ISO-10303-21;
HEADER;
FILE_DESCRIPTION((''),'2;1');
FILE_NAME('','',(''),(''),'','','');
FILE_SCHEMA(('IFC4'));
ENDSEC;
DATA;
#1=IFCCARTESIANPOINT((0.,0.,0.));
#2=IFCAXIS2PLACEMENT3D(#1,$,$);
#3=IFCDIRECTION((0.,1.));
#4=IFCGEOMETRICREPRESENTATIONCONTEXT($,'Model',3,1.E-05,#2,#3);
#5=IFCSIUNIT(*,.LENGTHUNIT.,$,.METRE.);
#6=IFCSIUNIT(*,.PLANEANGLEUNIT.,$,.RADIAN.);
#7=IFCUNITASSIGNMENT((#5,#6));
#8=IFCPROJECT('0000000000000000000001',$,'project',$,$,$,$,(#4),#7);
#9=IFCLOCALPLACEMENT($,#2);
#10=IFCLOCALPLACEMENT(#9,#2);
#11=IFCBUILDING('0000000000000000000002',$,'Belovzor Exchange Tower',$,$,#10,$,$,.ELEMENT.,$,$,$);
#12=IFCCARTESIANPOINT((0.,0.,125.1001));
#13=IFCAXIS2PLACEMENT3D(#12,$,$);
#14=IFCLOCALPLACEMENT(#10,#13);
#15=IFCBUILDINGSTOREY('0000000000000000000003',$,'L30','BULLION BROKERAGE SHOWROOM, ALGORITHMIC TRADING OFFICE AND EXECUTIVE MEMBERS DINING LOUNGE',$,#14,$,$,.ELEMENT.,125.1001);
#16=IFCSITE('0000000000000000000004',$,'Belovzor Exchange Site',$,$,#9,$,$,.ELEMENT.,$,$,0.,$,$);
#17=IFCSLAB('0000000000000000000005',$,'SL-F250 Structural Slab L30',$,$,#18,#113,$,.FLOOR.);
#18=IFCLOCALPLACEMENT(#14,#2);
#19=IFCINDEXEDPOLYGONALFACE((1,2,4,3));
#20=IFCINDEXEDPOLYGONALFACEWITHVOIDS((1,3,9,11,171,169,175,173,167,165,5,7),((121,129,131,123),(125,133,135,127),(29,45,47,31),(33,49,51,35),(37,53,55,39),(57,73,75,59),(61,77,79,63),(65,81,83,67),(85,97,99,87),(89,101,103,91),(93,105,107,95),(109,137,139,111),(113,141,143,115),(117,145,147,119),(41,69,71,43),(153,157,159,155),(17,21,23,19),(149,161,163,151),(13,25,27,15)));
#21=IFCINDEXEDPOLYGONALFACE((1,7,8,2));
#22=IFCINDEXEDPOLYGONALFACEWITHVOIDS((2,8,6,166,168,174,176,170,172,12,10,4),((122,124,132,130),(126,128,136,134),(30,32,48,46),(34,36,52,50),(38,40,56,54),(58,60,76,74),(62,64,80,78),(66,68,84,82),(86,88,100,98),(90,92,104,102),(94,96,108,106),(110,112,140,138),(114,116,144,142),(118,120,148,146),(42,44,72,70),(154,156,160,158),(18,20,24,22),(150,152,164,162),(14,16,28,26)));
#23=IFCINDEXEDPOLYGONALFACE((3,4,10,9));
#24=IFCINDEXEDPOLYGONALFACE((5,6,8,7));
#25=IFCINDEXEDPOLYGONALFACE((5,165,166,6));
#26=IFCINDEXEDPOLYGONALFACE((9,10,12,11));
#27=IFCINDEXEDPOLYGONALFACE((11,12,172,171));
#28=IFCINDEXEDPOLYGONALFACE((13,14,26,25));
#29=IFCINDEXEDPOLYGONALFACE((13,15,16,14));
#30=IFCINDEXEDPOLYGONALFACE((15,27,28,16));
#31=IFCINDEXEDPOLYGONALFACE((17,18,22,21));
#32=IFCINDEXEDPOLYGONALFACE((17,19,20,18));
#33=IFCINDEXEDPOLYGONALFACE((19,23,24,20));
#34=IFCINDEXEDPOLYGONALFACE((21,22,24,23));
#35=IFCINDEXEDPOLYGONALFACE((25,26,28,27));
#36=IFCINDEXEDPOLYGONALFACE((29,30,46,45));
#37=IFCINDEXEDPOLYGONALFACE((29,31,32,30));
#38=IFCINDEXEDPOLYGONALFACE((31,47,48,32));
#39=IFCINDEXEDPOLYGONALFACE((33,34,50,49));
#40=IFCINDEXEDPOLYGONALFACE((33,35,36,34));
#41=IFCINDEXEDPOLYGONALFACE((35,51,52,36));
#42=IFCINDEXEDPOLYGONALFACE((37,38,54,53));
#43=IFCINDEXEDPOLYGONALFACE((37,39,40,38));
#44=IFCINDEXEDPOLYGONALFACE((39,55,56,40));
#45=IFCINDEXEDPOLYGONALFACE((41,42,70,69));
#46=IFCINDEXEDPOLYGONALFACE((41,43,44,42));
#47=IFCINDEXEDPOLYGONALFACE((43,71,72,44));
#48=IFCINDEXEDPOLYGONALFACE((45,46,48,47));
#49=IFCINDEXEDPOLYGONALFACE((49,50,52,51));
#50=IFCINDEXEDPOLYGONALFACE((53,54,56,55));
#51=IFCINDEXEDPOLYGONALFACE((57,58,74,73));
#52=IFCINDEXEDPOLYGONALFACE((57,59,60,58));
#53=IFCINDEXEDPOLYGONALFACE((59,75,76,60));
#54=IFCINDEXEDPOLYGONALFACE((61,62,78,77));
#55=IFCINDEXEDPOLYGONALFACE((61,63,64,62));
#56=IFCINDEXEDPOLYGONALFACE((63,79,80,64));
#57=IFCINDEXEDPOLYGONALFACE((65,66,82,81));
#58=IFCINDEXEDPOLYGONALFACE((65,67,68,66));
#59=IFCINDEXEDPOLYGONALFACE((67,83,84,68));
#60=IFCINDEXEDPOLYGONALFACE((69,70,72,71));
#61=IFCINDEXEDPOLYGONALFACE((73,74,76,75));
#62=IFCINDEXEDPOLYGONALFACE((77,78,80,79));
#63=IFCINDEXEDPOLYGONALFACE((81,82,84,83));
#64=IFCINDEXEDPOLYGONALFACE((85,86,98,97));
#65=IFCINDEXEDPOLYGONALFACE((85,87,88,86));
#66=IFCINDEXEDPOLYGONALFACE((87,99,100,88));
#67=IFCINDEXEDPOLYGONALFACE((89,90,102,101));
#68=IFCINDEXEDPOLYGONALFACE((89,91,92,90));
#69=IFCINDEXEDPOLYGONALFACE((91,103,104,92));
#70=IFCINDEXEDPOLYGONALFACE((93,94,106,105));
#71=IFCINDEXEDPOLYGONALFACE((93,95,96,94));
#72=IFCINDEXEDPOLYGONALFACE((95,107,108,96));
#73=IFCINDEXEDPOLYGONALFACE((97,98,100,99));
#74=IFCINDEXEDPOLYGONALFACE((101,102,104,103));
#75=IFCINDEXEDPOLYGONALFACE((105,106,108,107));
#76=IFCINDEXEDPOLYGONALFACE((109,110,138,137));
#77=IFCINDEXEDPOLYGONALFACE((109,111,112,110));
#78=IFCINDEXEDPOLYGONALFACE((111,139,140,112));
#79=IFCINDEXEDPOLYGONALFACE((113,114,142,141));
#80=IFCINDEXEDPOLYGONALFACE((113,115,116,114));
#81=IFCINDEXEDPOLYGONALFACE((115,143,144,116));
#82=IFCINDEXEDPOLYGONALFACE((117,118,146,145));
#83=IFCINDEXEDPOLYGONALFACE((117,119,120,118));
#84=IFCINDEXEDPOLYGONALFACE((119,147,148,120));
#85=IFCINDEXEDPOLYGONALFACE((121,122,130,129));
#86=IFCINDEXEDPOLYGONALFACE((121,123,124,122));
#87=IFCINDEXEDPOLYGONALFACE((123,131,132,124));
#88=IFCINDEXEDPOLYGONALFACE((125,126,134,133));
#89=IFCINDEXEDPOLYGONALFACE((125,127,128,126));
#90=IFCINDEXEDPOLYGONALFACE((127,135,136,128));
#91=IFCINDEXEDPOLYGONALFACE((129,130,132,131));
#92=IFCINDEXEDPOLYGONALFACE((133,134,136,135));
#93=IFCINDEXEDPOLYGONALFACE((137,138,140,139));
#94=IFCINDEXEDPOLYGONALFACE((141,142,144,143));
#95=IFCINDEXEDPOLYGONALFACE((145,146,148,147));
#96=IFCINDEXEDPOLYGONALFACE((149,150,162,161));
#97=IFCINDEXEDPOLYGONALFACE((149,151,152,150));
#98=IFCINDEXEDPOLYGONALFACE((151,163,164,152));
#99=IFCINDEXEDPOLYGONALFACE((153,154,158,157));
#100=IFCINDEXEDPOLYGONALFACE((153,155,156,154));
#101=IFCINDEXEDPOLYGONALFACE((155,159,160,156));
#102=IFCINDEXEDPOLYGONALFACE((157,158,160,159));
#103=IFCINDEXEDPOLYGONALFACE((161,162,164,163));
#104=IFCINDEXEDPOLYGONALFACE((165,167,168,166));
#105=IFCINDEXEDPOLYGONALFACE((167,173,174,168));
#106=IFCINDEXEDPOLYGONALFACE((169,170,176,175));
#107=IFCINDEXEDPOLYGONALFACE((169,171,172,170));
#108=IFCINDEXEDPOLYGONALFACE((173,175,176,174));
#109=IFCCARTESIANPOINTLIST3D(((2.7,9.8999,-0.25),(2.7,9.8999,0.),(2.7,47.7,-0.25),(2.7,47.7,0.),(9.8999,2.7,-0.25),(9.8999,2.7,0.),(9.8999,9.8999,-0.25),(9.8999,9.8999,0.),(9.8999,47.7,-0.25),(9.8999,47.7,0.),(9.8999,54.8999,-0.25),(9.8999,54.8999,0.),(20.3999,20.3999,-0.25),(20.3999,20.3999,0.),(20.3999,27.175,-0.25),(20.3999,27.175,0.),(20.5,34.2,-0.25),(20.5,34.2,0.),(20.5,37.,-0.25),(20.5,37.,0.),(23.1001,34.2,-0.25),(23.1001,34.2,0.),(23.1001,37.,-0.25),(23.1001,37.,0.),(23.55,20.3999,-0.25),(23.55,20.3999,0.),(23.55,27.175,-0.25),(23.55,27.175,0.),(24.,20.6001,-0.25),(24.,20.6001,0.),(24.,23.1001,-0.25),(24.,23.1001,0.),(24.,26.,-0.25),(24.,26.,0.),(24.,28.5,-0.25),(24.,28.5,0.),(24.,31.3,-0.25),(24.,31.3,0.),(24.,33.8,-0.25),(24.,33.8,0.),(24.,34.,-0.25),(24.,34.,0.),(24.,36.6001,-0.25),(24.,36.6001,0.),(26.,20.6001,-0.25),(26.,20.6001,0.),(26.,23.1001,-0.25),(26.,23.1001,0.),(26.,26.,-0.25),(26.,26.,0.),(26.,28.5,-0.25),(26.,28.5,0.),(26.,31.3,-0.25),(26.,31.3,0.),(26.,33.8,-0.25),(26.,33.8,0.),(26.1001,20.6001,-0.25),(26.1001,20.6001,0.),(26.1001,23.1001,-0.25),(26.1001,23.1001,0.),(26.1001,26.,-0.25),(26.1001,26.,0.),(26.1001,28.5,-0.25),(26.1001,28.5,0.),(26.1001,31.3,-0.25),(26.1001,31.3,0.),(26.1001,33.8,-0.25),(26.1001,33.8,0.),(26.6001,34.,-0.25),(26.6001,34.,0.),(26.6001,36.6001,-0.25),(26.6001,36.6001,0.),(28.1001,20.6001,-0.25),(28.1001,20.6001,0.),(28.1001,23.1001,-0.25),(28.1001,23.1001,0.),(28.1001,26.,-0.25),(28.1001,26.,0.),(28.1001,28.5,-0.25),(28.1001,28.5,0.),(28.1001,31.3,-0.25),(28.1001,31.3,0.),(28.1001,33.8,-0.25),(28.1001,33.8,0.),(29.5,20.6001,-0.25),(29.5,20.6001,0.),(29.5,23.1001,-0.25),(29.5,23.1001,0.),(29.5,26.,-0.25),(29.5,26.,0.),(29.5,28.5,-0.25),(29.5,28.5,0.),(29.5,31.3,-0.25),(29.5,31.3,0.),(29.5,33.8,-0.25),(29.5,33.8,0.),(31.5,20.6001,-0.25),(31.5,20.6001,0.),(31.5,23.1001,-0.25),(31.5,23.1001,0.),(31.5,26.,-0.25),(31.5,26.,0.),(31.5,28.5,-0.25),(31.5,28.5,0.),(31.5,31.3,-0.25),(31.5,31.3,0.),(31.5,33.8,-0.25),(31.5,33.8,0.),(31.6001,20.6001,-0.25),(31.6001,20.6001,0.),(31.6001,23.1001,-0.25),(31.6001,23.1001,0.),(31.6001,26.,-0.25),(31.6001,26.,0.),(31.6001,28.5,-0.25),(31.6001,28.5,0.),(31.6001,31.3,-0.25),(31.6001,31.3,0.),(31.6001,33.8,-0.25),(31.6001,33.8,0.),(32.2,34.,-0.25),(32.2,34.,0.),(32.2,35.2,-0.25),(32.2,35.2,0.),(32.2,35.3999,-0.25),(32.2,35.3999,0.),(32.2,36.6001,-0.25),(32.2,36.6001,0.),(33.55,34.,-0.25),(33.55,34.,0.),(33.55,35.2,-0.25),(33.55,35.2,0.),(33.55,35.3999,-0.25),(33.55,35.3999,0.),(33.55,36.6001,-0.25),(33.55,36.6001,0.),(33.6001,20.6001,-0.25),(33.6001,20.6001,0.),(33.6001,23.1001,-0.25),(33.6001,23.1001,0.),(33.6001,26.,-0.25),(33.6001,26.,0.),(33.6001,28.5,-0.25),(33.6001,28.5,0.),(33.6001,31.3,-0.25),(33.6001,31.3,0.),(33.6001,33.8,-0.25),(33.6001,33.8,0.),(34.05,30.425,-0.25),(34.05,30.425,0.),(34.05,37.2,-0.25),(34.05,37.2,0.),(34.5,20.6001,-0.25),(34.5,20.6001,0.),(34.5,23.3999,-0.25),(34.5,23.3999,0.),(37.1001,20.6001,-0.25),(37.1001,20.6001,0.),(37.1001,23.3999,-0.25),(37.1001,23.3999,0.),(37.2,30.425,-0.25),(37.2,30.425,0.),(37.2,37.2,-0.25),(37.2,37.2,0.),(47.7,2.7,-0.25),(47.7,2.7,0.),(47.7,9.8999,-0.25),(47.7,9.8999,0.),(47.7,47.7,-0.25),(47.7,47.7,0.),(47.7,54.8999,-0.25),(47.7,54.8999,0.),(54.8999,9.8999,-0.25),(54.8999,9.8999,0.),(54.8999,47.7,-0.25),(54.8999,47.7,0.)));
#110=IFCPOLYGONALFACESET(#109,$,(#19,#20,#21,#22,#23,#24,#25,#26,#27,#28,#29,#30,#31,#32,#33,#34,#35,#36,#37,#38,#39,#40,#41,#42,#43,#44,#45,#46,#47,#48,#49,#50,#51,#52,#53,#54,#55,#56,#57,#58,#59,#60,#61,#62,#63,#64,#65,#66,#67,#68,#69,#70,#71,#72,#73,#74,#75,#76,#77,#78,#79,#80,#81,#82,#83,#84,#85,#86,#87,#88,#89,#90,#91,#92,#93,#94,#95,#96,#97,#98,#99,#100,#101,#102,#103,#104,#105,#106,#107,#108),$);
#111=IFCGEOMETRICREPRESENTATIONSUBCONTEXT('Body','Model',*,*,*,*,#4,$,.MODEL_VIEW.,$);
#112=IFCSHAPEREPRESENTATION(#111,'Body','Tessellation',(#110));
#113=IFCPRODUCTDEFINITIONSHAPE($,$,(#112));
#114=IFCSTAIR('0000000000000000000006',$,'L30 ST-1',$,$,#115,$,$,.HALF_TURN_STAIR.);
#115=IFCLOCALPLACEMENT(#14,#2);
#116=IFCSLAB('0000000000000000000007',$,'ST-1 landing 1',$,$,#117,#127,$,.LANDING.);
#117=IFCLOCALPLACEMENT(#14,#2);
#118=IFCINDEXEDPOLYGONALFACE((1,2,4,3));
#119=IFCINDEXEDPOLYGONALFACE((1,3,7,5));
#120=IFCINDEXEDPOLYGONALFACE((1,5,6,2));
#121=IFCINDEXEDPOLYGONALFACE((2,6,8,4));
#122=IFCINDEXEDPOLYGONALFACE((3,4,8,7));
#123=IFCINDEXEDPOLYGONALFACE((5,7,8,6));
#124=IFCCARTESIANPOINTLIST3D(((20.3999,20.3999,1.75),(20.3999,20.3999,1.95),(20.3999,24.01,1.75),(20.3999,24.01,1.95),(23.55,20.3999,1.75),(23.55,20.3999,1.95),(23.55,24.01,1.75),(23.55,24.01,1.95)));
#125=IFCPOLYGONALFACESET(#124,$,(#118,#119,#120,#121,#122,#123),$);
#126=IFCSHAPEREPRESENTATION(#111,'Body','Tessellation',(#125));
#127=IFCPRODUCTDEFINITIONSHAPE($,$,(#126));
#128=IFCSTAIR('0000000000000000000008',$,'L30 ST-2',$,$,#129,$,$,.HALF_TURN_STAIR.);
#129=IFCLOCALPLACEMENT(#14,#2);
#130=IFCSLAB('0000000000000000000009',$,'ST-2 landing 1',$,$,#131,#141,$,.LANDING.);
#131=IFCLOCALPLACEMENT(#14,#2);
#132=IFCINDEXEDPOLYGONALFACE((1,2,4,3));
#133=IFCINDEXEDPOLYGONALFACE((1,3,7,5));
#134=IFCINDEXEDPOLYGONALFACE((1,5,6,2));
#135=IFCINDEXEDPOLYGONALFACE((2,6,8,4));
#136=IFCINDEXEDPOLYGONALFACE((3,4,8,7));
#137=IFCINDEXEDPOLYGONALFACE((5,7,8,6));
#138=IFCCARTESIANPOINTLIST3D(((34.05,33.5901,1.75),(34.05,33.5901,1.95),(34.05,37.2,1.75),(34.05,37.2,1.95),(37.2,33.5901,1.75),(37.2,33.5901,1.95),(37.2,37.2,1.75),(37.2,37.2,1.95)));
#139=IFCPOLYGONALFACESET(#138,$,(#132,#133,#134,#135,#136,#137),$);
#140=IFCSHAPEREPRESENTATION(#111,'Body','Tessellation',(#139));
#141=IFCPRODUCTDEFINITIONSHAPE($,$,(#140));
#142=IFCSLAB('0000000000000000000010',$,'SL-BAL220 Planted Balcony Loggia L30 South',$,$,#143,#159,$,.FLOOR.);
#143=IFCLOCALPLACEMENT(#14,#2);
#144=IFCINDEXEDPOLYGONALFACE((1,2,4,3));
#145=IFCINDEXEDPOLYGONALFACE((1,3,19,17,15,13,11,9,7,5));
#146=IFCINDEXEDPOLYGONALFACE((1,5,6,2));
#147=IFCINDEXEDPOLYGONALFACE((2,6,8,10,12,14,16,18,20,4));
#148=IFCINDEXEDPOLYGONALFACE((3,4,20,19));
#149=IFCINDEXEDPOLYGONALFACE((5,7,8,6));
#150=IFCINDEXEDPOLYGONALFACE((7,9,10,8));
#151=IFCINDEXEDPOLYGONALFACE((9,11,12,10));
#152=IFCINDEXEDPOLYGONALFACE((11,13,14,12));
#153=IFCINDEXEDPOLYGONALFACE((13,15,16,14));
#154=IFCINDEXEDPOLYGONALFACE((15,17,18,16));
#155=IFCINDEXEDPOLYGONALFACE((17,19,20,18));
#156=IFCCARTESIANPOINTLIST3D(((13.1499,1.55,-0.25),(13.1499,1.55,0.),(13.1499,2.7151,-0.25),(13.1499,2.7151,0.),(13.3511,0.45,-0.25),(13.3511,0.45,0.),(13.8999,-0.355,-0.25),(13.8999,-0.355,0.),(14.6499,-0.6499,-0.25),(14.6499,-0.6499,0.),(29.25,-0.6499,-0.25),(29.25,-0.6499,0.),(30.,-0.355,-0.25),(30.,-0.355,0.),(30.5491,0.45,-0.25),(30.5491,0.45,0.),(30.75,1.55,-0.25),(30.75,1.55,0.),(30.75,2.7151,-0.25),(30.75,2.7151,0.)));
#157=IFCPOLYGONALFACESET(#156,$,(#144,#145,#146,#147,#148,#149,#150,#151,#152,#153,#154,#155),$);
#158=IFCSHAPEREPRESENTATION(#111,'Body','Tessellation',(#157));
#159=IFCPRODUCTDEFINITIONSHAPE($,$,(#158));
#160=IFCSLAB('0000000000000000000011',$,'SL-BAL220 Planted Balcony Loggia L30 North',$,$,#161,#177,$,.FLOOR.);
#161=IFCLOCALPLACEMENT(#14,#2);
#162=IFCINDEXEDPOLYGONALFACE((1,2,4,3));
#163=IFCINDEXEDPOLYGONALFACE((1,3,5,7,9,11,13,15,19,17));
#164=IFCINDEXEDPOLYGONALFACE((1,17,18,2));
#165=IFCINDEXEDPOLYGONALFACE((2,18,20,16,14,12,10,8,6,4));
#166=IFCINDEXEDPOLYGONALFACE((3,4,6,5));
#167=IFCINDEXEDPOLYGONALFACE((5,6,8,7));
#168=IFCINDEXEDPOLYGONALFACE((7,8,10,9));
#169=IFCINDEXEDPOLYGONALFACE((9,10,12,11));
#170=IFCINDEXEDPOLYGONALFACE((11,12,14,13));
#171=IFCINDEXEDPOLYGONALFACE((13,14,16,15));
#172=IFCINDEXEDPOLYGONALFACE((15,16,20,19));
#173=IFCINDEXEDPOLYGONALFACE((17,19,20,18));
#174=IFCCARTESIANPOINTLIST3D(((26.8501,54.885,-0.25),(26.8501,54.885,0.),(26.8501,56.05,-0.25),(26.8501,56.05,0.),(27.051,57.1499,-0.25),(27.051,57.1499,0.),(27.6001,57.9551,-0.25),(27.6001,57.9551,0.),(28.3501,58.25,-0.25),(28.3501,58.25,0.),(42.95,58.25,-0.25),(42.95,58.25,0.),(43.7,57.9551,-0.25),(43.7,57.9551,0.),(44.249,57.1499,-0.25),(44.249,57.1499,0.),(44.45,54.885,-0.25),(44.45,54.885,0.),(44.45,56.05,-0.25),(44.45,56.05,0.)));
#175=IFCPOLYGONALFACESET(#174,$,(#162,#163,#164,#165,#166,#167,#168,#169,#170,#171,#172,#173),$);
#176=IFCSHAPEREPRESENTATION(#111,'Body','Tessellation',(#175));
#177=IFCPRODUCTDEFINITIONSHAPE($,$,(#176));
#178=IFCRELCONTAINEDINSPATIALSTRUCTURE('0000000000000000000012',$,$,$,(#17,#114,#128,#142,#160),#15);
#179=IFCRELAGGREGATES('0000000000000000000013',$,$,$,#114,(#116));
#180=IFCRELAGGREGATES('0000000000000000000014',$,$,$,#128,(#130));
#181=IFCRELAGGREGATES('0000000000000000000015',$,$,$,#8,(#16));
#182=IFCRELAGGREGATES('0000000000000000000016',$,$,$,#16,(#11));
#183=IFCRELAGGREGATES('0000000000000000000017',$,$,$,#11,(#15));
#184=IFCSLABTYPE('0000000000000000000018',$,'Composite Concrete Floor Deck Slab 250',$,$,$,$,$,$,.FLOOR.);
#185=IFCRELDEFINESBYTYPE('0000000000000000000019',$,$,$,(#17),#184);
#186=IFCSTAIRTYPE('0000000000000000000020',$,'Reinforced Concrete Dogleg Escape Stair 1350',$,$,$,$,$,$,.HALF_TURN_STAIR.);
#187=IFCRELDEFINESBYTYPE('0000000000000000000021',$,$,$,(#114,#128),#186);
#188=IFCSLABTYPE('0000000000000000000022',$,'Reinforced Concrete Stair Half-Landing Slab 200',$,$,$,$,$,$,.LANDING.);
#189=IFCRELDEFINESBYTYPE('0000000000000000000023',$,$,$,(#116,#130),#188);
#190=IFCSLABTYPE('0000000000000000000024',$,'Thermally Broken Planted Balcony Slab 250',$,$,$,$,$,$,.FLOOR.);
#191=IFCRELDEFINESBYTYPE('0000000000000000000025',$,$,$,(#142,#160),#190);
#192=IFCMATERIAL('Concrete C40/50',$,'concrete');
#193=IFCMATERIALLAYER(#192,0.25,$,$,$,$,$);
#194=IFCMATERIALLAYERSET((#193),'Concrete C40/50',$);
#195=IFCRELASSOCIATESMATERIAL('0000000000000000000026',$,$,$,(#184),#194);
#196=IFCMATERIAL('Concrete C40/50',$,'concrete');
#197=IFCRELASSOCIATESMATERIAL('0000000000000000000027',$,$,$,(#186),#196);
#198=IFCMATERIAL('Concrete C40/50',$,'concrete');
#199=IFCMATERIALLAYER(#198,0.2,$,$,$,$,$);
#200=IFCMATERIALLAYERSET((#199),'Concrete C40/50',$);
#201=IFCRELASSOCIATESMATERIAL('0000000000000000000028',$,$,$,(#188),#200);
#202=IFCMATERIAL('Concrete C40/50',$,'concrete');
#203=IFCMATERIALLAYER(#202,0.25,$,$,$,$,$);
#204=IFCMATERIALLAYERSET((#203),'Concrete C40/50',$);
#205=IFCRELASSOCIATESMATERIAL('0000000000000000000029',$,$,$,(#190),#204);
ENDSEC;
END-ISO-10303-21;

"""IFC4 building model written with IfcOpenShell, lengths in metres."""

from ifc_helpers import new_model, si_unit, direction, frame, origin, place, context, subcontext, project, spatial, polyline, outline, extrude, material, layer, layer_set, type_object, element, aggregate, save


model = new_model("IFC4")

# Units and contexts
model_context = context("Model", 3, precision=1e-05, world=origin(), true_north=direction((0.0, 1.0)))
body_context = subcontext(model_context, "Body", "Model", "MODEL_VIEW")
ifc_project = project(units=[si_unit("LENGTHUNIT", "METRE"), si_unit("PLANEANGLEUNIT", "RADIAN")], contexts=[model_context])

# Site, building, storey
site_placement = place(None, origin())
site = spatial("IfcSite", under=ifc_project, at=site_placement, Name="Belovzor Exchange Site", CompositionType="ELEMENT", RefElevation=0.0)
building_placement = place(site_placement, origin())
building = spatial("IfcBuilding", under=site, at=building_placement, Name="Belovzor Exchange Tower", CompositionType="ELEMENT")
storey_placement = place(building_placement, frame((0.0, 0.0, 125.1001)))
storey = spatial("IfcBuildingStorey", under=building, at=storey_placement, Name="L30", Description="BULLION BROKERAGE SHOWROOM, ALGORITHMIC TRADING OFFICE AND EXECUTIVE MEMBERS DINING LOUNGE", CompositionType="ELEMENT", Elevation=125.1001)

# Slab
ifc_material_1 = material(Name="Concrete C40/50", Category="concrete")
ifc_layer_1 = layer(ifc_material_1, 0.25)
ifc_layer_set_1 = layer_set([ifc_layer_1], Name="Concrete C40/50")
slab_type_1 = type_object("IfcSlabType", Name="Composite Concrete Floor Deck Slab 250", PredefinedType="FLOOR", material=ifc_layer_set_1)
slab_1_placement = place(storey_placement, frame((0.0, 0.0, -0.25)))
element("IfcSlab", 1, at=slab_1_placement, inside=storey, type_object=slab_type_1, Name="SL-F250 Structural Slab L30", PredefinedType="FLOOR", context=body_context, shape_type="SweptSolid", body=[
    extrude(outline(polyline([(9.8999, 2.7), (47.7, 2.7), (47.7, 9.8999), (54.8999, 9.8999), (54.8999, 47.7), (47.7, 47.7), (47.7, 54.8999), (9.8999, 54.8999), (9.8999, 47.7), (2.7, 47.7), (2.7, 9.8999), (9.8999, 9.8999), (9.8999, 2.7)]), holes=[polyline([(20.3999, 27.175), (20.3999, 20.3999), (23.55, 20.3999), (23.55, 27.175), (20.3999, 27.175)]), polyline([(37.2, 30.425), (37.2, 37.2), (34.05, 37.2), (34.05, 30.425), (37.2, 30.425)]), polyline([(20.5, 34.2), (23.1001, 34.2), (23.1001, 37.0), (20.5, 37.0), (20.5, 34.2)]), polyline([(34.5, 20.6001), (37.1001, 20.6001), (37.1001, 23.3999), (34.5, 23.3999), (34.5, 20.6001)]), polyline([(24.0, 34.0), (26.6001, 34.0), (26.6001, 36.6001), (24.0, 36.6001), (24.0, 34.0)]), polyline([(24.0, 20.6001), (26.0, 20.6001), (26.0, 23.1001), (24.0, 23.1001), (24.0, 20.6001)]), polyline([(26.1001, 20.6001), (28.1001, 20.6001), (28.1001, 23.1001), (26.1001, 23.1001), (26.1001, 20.6001)]), polyline([(29.5, 20.6001), (31.5, 20.6001), (31.5, 23.1001), (29.5, 23.1001), (29.5, 20.6001)]), polyline([(31.6001, 20.6001), (33.6001, 20.6001), (33.6001, 23.1001), (31.6001, 23.1001), (31.6001, 20.6001)]), polyline([(24.0, 26.0), (26.0, 26.0), (26.0, 28.5), (24.0, 28.5), (24.0, 26.0)]), polyline([(26.1001, 26.0), (28.1001, 26.0), (28.1001, 28.5), (26.1001, 28.5), (26.1001, 26.0)]), polyline([(29.5, 26.0), (31.5, 26.0), (31.5, 28.5), (29.5, 28.5), (29.5, 26.0)]), polyline([(31.6001, 26.0), (33.6001, 26.0), (33.6001, 28.5), (31.6001, 28.5), (31.6001, 26.0)]), polyline([(24.0, 31.3), (26.0, 31.3), (26.0, 33.8), (24.0, 33.8), (24.0, 31.3)]), polyline([(26.1001, 31.3), (28.1001, 31.3), (28.1001, 33.8), (26.1001, 33.8), (26.1001, 31.3)]), polyline([(29.5, 31.3), (31.5, 31.3), (31.5, 33.8), (29.5, 33.8), (29.5, 31.3)]), polyline([(31.6001, 31.3), (33.6001, 31.3), (33.6001, 33.8), (31.6001, 33.8), (31.6001, 31.3)]), polyline([(32.2, 34.0), (33.55, 34.0), (33.55, 35.2), (32.2, 35.2), (32.2, 34.0)]), polyline([(32.2, 35.3999), (33.55, 35.3999), (33.55, 36.6001), (32.2, 36.6001), (32.2, 35.3999)])]), origin(), (0.0, 0.0, 1.0), 0.25),
])

# Stairs, slabs
ifc_material_2 = material(Name="Concrete C40/50", Category="concrete")
stair_type = type_object("IfcStairType", Name="Reinforced Concrete Dogleg Escape Stair 1350", PredefinedType="HALF_TURN_STAIR", material=ifc_material_2)
stair_1_placement = place(storey_placement, origin())
stair_1 = element("IfcStair", 2, at=stair_1_placement, inside=storey, type_object=stair_type, Name="L30 ST-1", PredefinedType="HALF_TURN_STAIR")
ifc_material_3 = material(Name="Concrete C40/50", Category="concrete")
ifc_layer_2 = layer(ifc_material_3, 0.2)
ifc_layer_set_2 = layer_set([ifc_layer_2], Name="Concrete C40/50")
slab_type_2 = type_object("IfcSlabType", Name="Reinforced Concrete Stair Half-Landing Slab 200", PredefinedType="LANDING", material=ifc_layer_set_2)
slab_2_placement = place(storey_placement, frame((0.0, 0.0, 1.75)))
slab_2 = element("IfcSlab", 3, at=slab_2_placement, type_object=slab_type_2, Name="ST-1 landing 1", PredefinedType="LANDING", context=body_context, shape_type="SweptSolid", body=[
    extrude(outline(polyline([(20.3999, 24.01), (20.3999, 20.3999), (23.55, 20.3999), (23.55, 24.01), (20.3999, 24.01)])), origin(), (0.0, 0.0, 1.0), 0.2),
])
aggregate(stair_1, [slab_2])
stair_2_placement = place(storey_placement, origin())
stair_2 = element("IfcStair", 4, at=stair_2_placement, inside=storey, type_object=stair_type, Name="L30 ST-2", PredefinedType="HALF_TURN_STAIR")
slab_3_placement = place(storey_placement, frame((0.0, 0.0, 1.75)))
slab_3 = element("IfcSlab", 5, at=slab_3_placement, type_object=slab_type_2, Name="ST-2 landing 1", PredefinedType="LANDING", context=body_context, shape_type="SweptSolid", body=[
    extrude(outline(polyline([(37.2, 33.5901), (37.2, 37.2), (34.05, 37.2), (34.05, 33.5901), (37.2, 33.5901)])), origin(), (0.0, 0.0, 1.0), 0.2),
])
aggregate(stair_2, [slab_3])

# Slabs
ifc_material_4 = material(Name="Concrete C40/50", Category="concrete")
ifc_layer_3 = layer(ifc_material_4, 0.25)
ifc_layer_set_3 = layer_set([ifc_layer_3], Name="Concrete C40/50")
slab_type_3 = type_object("IfcSlabType", Name="Thermally Broken Planted Balcony Slab 250", PredefinedType="FLOOR", material=ifc_layer_set_3)
slab_4_placement = place(storey_placement, frame((0.0, 0.0, -0.25)))
element("IfcSlab", 6, at=slab_4_placement, inside=storey, type_object=slab_type_3, Name="SL-BAL220 Planted Balcony Loggia L30 South", PredefinedType="FLOOR", context=body_context, shape_type="SweptSolid", body=[
    extrude(outline(polyline([(13.1499, 2.7151), (13.1499, 1.55), (13.3511, 0.45), (13.8999, -0.355), (14.6499, -0.6499), (29.25, -0.6499), (30.0, -0.355), (30.5491, 0.45), (30.75, 1.55), (30.75, 2.7151), (13.1499, 2.7151)])), origin(), (0.0, 0.0, 1.0), 0.25),
])
slab_5_placement = place(storey_placement, frame((0.0, 0.0, -0.25)))
element("IfcSlab", 7, at=slab_5_placement, inside=storey, type_object=slab_type_3, Name="SL-BAL220 Planted Balcony Loggia L30 North", PredefinedType="FLOOR", context=body_context, shape_type="SweptSolid", body=[
    extrude(outline(polyline([(44.45, 54.885), (44.45, 56.05), (44.249, 57.1499), (43.7, 57.9551), (42.95, 58.25), (28.3501, 58.25), (27.6001, 57.9551), (27.051, 57.1499), (26.8501, 56.05), (26.8501, 54.885), (44.45, 54.885)])), origin(), (0.0, 0.0, 1.0), 0.25),
])

save(model, "model.ifc")
